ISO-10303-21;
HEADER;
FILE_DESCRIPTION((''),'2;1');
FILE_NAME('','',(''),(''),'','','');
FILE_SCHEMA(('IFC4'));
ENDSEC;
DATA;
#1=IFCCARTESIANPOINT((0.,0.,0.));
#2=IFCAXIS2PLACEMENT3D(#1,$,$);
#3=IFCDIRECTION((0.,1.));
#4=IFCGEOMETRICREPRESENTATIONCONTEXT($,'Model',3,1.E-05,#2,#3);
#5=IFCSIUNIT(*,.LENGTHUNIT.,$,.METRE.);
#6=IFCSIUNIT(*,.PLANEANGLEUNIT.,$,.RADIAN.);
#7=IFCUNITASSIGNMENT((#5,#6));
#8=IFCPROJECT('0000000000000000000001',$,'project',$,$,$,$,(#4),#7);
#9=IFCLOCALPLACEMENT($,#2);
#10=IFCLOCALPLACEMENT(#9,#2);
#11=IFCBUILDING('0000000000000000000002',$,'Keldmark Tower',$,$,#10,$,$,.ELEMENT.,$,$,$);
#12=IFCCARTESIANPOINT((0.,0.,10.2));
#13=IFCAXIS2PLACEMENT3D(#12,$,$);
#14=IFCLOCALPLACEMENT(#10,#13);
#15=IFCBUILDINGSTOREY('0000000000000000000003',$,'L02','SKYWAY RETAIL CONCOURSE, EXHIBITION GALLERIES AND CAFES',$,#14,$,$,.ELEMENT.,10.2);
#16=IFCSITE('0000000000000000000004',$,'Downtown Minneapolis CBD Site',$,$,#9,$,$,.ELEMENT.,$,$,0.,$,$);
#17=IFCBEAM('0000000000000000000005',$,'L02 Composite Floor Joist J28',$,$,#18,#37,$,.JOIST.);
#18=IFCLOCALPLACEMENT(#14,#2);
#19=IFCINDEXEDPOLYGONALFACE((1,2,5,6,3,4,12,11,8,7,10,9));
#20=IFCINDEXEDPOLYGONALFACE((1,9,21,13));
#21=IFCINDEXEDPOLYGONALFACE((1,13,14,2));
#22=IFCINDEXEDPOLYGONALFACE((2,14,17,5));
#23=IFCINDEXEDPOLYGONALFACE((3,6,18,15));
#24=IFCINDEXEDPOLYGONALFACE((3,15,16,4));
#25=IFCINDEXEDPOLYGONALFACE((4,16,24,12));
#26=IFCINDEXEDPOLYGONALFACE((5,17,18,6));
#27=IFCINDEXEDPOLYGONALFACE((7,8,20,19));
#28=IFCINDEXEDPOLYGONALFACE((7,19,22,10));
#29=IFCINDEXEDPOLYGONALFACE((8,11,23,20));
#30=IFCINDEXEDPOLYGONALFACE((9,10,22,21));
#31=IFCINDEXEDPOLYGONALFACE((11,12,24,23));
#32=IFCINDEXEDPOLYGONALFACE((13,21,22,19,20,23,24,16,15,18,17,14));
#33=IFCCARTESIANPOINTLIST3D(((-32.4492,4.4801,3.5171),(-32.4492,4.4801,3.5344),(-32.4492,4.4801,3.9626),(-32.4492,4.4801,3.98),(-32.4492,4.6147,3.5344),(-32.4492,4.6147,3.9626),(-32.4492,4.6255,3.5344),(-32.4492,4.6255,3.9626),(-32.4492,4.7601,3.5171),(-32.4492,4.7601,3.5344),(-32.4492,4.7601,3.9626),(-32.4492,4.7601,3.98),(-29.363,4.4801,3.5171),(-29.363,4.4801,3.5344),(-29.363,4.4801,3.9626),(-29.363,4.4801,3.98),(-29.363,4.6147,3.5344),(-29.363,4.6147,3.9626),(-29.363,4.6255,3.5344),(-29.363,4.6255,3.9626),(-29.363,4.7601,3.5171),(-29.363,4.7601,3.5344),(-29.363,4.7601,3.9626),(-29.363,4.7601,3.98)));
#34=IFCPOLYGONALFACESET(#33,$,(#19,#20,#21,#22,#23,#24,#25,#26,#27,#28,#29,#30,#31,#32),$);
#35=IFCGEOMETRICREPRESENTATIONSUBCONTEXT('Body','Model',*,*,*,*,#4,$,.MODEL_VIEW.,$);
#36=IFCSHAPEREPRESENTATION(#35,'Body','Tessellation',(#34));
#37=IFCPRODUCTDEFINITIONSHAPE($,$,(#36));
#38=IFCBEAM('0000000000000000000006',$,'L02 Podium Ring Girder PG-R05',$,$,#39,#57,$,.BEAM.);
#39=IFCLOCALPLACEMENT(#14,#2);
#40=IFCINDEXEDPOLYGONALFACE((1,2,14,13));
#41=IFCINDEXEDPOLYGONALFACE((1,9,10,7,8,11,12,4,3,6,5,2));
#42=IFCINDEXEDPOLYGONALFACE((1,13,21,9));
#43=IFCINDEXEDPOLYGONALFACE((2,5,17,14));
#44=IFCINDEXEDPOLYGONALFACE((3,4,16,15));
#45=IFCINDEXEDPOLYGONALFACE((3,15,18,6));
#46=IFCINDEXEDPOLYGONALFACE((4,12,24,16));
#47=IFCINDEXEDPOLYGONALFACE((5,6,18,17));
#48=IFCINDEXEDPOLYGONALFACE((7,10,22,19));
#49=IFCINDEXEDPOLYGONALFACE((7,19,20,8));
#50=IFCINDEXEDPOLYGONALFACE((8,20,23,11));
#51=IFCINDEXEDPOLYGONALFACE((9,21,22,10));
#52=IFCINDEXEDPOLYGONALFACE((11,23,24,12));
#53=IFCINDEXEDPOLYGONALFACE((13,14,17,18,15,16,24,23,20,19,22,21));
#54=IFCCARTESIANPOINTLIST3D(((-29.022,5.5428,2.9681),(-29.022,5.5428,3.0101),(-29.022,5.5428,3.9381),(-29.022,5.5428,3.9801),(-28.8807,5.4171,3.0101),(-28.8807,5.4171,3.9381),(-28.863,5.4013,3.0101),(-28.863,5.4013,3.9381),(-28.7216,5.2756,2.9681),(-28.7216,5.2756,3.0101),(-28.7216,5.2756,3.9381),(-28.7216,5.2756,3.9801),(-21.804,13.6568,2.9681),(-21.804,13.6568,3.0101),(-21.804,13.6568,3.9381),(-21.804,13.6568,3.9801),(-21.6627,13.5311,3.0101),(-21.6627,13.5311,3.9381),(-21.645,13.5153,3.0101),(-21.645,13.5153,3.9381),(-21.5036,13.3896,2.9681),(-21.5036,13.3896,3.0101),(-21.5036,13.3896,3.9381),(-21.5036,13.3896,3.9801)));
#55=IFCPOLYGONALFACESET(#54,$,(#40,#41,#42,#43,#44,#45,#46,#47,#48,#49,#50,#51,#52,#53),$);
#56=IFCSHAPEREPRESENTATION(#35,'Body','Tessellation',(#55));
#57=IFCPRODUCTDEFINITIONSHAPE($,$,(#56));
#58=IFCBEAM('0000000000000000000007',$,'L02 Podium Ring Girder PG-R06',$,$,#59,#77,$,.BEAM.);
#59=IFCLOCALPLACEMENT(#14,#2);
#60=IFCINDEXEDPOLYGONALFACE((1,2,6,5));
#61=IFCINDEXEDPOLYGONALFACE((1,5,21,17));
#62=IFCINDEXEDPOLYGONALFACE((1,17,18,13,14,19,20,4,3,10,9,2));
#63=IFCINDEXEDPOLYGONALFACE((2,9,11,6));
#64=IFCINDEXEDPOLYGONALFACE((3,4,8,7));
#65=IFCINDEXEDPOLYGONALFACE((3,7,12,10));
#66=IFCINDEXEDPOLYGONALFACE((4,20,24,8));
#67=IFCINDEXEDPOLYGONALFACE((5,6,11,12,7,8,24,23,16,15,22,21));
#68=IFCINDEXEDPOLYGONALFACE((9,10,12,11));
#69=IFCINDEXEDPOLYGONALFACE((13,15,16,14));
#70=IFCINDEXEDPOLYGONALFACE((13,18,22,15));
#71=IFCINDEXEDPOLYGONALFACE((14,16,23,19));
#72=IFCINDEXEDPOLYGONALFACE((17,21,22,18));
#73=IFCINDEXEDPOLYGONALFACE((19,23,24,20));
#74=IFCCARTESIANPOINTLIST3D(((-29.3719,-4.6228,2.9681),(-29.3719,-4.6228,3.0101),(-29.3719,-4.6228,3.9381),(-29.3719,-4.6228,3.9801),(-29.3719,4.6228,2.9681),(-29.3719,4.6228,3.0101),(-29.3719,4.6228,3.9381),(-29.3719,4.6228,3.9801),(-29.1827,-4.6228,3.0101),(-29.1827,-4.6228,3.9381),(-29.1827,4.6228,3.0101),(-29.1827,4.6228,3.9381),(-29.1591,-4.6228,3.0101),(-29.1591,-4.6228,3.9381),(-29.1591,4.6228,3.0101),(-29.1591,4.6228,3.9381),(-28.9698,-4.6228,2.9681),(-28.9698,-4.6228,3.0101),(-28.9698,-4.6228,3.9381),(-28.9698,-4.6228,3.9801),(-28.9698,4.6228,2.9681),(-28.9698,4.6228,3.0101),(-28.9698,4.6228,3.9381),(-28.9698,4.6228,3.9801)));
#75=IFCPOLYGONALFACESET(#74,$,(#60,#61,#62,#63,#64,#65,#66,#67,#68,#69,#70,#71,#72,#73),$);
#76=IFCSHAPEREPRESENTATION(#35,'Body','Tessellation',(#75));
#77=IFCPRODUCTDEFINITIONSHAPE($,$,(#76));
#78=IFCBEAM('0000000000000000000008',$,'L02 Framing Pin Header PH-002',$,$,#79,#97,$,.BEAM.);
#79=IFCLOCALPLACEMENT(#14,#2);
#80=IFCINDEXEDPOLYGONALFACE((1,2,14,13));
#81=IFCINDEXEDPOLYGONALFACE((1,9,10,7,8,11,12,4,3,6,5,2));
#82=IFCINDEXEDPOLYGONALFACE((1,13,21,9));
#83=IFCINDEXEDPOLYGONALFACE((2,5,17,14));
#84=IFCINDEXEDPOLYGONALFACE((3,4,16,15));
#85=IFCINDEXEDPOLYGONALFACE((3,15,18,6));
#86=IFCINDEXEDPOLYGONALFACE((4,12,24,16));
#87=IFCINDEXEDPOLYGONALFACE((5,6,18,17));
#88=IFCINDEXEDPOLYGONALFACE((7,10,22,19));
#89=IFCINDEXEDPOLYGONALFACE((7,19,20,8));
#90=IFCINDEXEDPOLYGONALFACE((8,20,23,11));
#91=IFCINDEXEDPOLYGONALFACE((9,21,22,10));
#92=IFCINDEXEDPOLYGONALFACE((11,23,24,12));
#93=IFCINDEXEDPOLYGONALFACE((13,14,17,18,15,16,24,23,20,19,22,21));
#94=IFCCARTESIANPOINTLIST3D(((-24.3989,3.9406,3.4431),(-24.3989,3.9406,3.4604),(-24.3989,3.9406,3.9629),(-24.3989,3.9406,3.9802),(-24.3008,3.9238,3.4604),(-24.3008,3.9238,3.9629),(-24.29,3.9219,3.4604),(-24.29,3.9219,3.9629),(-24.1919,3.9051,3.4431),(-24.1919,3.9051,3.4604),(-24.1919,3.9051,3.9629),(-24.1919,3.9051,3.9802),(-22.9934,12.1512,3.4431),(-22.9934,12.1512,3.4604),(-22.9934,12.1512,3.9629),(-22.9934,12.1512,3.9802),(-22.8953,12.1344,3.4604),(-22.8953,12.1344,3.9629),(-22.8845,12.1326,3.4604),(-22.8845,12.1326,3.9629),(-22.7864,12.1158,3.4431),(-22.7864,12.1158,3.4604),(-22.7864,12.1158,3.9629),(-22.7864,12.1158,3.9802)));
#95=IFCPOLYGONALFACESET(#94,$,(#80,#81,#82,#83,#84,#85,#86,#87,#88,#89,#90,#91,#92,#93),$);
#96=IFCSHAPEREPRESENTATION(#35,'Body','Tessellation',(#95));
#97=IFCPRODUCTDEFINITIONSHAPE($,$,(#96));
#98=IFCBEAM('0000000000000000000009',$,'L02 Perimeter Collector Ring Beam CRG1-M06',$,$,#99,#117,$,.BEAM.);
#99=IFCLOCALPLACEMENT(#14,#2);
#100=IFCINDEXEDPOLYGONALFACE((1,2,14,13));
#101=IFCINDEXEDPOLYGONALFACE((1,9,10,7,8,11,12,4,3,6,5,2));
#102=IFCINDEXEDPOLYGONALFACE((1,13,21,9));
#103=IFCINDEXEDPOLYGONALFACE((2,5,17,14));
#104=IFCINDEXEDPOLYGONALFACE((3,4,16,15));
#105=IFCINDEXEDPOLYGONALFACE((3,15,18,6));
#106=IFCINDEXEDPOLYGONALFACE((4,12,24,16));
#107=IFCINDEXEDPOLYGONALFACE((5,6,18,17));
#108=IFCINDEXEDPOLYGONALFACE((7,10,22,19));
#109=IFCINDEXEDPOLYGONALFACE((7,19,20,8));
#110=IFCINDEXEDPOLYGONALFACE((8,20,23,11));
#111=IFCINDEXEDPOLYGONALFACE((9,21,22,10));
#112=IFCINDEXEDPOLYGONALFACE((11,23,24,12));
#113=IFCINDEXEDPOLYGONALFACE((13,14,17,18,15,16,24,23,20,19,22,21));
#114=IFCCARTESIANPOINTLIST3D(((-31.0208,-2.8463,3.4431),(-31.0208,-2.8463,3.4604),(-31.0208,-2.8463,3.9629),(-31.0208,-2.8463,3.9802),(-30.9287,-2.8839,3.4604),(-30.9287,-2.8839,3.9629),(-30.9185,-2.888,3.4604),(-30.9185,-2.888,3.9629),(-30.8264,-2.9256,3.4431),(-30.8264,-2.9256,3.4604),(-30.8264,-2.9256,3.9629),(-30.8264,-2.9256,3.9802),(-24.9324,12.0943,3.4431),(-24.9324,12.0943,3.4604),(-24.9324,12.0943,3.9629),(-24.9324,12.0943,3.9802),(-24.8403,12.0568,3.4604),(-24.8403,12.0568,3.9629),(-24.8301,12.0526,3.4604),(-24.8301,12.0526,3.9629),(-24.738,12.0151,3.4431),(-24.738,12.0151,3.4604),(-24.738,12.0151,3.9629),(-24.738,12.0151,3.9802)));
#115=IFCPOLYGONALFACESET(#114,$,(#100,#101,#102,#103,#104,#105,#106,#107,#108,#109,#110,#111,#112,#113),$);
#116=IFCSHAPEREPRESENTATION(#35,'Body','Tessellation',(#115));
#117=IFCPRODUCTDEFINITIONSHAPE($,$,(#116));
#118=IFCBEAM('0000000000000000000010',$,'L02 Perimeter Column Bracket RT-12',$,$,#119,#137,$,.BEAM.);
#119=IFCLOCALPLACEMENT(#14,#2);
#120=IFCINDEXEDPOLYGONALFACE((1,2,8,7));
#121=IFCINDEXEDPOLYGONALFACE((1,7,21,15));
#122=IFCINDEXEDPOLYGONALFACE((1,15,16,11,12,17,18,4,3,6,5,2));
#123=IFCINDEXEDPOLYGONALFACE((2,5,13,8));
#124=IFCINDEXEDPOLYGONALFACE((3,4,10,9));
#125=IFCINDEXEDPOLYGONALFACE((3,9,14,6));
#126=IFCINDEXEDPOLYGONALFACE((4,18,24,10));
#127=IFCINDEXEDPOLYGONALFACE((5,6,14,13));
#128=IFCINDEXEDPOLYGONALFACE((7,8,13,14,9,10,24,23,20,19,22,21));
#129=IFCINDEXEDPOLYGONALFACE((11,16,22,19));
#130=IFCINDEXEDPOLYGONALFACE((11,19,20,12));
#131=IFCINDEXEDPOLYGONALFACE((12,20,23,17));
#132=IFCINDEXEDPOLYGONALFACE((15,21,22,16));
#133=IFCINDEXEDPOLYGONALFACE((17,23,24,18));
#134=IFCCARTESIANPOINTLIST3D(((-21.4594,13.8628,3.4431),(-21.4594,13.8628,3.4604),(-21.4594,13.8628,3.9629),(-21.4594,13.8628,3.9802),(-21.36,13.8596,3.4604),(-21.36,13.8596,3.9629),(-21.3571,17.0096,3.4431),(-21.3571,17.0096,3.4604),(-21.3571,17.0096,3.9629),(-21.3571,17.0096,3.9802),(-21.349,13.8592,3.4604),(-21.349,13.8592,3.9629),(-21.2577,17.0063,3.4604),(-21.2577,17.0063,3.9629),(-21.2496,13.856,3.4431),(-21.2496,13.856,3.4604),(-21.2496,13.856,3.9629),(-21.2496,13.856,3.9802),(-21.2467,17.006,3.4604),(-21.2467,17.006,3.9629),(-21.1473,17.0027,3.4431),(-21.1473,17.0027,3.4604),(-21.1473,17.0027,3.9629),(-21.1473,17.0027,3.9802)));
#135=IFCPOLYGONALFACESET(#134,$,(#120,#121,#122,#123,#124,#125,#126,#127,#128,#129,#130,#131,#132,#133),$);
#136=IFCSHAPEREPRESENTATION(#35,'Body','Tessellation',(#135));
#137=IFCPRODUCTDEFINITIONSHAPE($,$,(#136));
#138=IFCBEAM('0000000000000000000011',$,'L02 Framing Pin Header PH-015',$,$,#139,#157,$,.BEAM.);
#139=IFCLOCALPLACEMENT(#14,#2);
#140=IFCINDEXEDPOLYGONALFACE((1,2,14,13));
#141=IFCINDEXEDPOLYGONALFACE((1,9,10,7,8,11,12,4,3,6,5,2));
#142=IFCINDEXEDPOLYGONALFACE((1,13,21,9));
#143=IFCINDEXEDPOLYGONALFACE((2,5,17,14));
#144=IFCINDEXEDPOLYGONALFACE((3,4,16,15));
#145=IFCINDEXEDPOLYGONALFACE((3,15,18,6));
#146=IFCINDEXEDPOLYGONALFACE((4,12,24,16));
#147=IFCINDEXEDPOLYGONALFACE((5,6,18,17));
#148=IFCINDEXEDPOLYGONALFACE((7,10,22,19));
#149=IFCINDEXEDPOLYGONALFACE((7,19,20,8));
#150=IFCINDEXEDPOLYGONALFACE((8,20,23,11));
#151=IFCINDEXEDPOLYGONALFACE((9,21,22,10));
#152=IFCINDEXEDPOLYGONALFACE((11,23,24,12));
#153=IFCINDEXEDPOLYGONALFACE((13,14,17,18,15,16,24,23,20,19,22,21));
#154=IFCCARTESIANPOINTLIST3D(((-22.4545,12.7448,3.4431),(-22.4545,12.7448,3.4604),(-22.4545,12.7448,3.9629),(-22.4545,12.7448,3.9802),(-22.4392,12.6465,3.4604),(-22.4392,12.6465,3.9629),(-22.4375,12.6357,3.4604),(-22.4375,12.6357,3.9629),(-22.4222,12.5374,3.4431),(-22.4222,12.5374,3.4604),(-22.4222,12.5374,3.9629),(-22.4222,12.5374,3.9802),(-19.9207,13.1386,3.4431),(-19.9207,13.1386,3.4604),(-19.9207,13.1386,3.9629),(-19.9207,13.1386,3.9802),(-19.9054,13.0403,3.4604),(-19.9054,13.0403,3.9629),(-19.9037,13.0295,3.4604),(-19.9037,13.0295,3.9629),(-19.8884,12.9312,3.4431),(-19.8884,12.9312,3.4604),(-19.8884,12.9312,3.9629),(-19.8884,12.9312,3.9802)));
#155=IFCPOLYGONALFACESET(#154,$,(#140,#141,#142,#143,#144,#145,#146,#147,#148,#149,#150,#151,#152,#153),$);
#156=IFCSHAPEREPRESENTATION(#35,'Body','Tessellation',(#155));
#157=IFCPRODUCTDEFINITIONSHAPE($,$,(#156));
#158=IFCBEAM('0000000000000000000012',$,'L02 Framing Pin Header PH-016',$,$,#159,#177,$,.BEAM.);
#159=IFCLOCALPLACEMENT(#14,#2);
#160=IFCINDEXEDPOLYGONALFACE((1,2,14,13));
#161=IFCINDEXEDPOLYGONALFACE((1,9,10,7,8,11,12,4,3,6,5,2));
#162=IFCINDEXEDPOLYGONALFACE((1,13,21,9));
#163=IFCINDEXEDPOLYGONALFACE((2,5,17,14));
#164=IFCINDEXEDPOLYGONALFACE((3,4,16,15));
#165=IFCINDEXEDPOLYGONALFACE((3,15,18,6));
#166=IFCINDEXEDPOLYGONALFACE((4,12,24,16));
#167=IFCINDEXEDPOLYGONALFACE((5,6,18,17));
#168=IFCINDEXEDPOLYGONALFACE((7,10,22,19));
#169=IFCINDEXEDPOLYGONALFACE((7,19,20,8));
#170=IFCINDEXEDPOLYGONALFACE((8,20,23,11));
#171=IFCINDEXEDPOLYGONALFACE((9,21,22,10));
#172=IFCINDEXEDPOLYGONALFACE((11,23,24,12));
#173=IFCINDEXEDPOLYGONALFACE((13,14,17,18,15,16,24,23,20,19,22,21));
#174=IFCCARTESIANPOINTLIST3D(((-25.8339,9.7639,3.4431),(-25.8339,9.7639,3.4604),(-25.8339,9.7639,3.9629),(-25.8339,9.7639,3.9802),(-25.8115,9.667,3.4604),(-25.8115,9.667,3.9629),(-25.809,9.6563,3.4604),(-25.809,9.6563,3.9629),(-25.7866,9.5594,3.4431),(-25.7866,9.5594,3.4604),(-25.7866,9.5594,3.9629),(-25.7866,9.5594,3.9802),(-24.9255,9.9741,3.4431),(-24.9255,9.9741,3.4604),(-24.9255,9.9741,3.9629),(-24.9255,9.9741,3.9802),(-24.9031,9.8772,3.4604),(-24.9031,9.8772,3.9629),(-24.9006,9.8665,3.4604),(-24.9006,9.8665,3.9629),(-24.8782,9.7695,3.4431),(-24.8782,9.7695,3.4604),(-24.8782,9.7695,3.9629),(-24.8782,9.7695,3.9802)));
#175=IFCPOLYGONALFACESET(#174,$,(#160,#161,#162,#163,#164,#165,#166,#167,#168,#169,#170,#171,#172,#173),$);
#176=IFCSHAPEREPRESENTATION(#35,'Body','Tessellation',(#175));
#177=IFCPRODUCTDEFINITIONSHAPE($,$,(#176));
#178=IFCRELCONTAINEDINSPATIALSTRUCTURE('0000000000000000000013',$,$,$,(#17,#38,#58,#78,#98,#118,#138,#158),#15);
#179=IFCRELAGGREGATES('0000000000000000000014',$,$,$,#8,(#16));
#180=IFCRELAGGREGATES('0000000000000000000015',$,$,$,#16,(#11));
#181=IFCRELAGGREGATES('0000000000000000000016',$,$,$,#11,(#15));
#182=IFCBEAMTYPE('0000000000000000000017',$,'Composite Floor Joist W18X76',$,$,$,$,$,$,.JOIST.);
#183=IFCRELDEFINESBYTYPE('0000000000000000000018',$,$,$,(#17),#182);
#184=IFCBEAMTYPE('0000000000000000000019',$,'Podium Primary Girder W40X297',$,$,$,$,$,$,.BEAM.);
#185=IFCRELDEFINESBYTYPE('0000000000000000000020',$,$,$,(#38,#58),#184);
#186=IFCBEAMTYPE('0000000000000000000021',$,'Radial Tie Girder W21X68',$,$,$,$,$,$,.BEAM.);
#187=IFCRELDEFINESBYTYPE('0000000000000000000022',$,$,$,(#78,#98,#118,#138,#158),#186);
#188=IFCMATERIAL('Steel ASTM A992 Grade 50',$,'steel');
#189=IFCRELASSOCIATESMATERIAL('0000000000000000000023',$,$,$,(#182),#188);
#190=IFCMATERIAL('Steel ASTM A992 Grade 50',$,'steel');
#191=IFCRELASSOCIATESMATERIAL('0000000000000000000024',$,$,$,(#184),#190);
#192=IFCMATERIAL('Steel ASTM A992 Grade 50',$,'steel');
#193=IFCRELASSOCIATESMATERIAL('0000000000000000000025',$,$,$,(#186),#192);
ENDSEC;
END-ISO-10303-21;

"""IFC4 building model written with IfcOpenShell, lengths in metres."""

from ifc_helpers import new_model, si_unit, direction, frame, origin, origin_2d, place, context, subcontext, project, spatial, i_section, extrude, material, material_profile, profile_set, type_object, element, save


model = new_model("IFC4")

# Units and contexts
model_context = context("Model", 3, precision=1e-05, world=origin(), true_north=direction((0.0, 1.0)))
body_context = subcontext(model_context, "Body", "Model", "MODEL_VIEW")
ifc_project = project(units=[si_unit("LENGTHUNIT", "METRE"), si_unit("PLANEANGLEUNIT", "RADIAN")], contexts=[model_context])

# Site, building, storey
site_placement = place(None, origin())
site = spatial("IfcSite", under=ifc_project, at=site_placement, Name="Downtown Minneapolis CBD Site", CompositionType="ELEMENT", RefElevation=0.0)
building_placement = place(site_placement, origin())
building = spatial("IfcBuilding", under=site, at=building_placement, Name="Keldmark Tower", CompositionType="ELEMENT")
storey_placement = place(building_placement, frame((0.0, 0.0, 10.2)))
storey = spatial("IfcBuildingStorey", under=building, at=storey_placement, Name="L02", Description="SKYWAY RETAIL CONCOURSE, EXHIBITION GALLERIES AND CAFES", CompositionType="ELEMENT", Elevation=10.2)

# Beams
ifc_material_1 = material(Name="Steel ASTM A992 Grade 50", Category="steel")
ifc_material_profile_1 = material_profile(ifc_material_1, i_section(OverallWidth=0.28, OverallDepth=0.4629, WebThickness=0.0107, FlangeThickness=0.0173, at=origin_2d()), Name="W18X76")
ifc_profile_set_1 = profile_set([ifc_material_profile_1], Name="Steel ASTM A992 Grade 50")
beam_type_1 = type_object("IfcBeamType", Name="Composite Floor Joist W18X76", PredefinedType="JOIST", material=ifc_profile_set_1)
beam_1_placement = place(storey_placement, frame((-32.4492, 4.6201, 3.7485), z_axis=(1.0, 0.0, 0.0), x_axis=(0.0, 1.0, 0.0)))
element("IfcBeam", 1, at=beam_1_placement, inside=storey, type_object=beam_type_1, Name="L02 Composite Floor Joist J28", PredefinedType="JOIST", context=body_context, shape_type="SweptSolid", body=[
    extrude(i_section(OverallWidth=0.28, OverallDepth=0.4629, WebThickness=0.0107, FlangeThickness=0.0173, at=origin_2d()), origin(), (0.0, 0.0, 1.0), 3.0862),
])
ifc_material_2 = material(Name="Steel ASTM A992 Grade 50", Category="steel")
ifc_material_profile_2 = material_profile(ifc_material_2, i_section(OverallWidth=0.4021, OverallDepth=1.012, WebThickness=0.0237, FlangeThickness=0.042, at=origin_2d()), Name="W40X297")
ifc_profile_set_2 = profile_set([ifc_material_profile_2], Name="Steel ASTM A992 Grade 50")
beam_type_2 = type_object("IfcBeamType", Name="Podium Primary Girder W40X297", PredefinedType="BEAM", material=ifc_profile_set_2)
beam_2_placement = place(storey_placement, frame((-21.6538, 13.5232, 3.4741), z_axis=(-0.66465, -0.747155, 0.0), x_axis=(0.747155, -0.66465, 0.0)))
element("IfcBeam", 2, at=beam_2_placement, inside=storey, type_object=beam_type_2, Name="L02 Podium Ring Girder PG-R05", PredefinedType="BEAM", context=body_context, shape_type="SweptSolid", body=[
    extrude(i_section(OverallWidth=0.4021, OverallDepth=1.012, WebThickness=0.0237, FlangeThickness=0.042, at=origin_2d()), origin(), (0.0, 0.0, 1.0), 10.8599),
])
beam_3_placement = place(storey_placement, frame((-29.1709, 4.6228, 3.4741), z_axis=(0.0, -1.0, 0.0), x_axis=(1.0, 0.0, 0.0)))
element("IfcBeam", 3, at=beam_3_placement, inside=storey, type_object=beam_type_2, Name="L02 Podium Ring Girder PG-R06", PredefinedType="BEAM", context=body_context, shape_type="SweptSolid", body=[
    extrude(i_section(OverallWidth=0.4021, OverallDepth=1.012, WebThickness=0.0237, FlangeThickness=0.042, at=origin_2d()), origin(), (0.0, 0.0, 1.0), 9.2456),
])
ifc_material_3 = material(Name="Steel ASTM A992 Grade 50", Category="steel")
ifc_material_profile_3 = material_profile(ifc_material_3, i_section(OverallWidth=0.21, OverallDepth=0.5371, WebThickness=0.011, FlangeThickness=0.0173, at=origin_2d()), Name="W21X68")
ifc_profile_set_3 = profile_set([ifc_material_profile_3], Name="Steel ASTM A992 Grade 50")
beam_type_3 = type_object("IfcBeamType", Name="Radial Tie Girder W21X68", PredefinedType="BEAM", material=ifc_profile_set_3)
beam_4_placement = place(storey_placement, frame((-24.2954, 3.9229, 3.7117), z_axis=(0.168727, 0.985663, 0.0), x_axis=(-0.985663, 0.168727, 0.0)))
element("IfcBeam", 4, at=beam_4_placement, inside=storey, type_object=beam_type_3, Name="L02 Framing Pin Header PH-002", PredefinedType="BEAM", context=body_context, shape_type="SweptSolid", body=[
    extrude(i_section(OverallWidth=0.21, OverallDepth=0.5371, WebThickness=0.011, FlangeThickness=0.0173, at=origin_2d()), origin(), (0.0, 0.0, 1.0), 8.3301),
])
beam_5_placement = place(storey_placement, frame((-24.8352, 12.0547, 3.7117), z_axis=(-0.377373, -0.926061, 0.0), x_axis=(0.926061, -0.377373, 0.0)))
element("IfcBeam", 5, at=beam_5_placement, inside=storey, type_object=beam_type_3, Name="L02 Perimeter Collector Ring Beam CRG1-M06", PredefinedType="BEAM", context=body_context, shape_type="SweptSolid", body=[
    extrude(i_section(OverallWidth=0.21, OverallDepth=0.5371, WebThickness=0.011, FlangeThickness=0.0173, at=origin_2d()), origin(), (0.0, 0.0, 1.0), 16.1335),
])
beam_6_placement = place(storey_placement, frame((-21.3545, 13.8594, 3.7117), z_axis=(0.032491, 0.999472, 0.0), x_axis=(-0.999472, 0.032491, 0.0)))
element("IfcBeam", 6, at=beam_6_placement, inside=storey, type_object=beam_type_3, Name="L02 Perimeter Column Bracket RT-12", PredefinedType="BEAM", context=body_context, shape_type="SweptSolid", body=[
    extrude(i_section(OverallWidth=0.21, OverallDepth=0.5371, WebThickness=0.011, FlangeThickness=0.0173, at=origin_2d()), origin(), (0.0, 0.0, 1.0), 3.1484),
])
beam_7_placement = place(storey_placement, frame((-19.9045, 13.0349, 3.7117), z_axis=(-0.988136, -0.153581, 0.0), x_axis=(0.153581, -0.988136, 0.0)))
element("IfcBeam", 7, at=beam_7_placement, inside=storey, type_object=beam_type_3, Name="L02 Framing Pin Header PH-015", PredefinedType="BEAM", context=body_context, shape_type="SweptSolid", body=[
    extrude(i_section(OverallWidth=0.21, OverallDepth=0.5371, WebThickness=0.011, FlangeThickness=0.0173, at=origin_2d()), origin(), (0.0, 0.0, 1.0), 2.5642),
])
beam_8_placement = place(storey_placement, frame((-24.9019, 9.8718, 3.7117), z_axis=(-0.974259, -0.225433, 0.0), x_axis=(0.225433, -0.974259, 0.0)))
element("IfcBeam", 8, at=beam_8_placement, inside=storey, type_object=beam_type_3, Name="L02 Framing Pin Header PH-016", PredefinedType="BEAM", context=body_context, shape_type="SweptSolid", body=[
    extrude(i_section(OverallWidth=0.21, OverallDepth=0.5371, WebThickness=0.011, FlangeThickness=0.0173, at=origin_2d()), origin(), (0.0, 0.0, 1.0), 0.9324),
])

save(model, "model.ifc")
